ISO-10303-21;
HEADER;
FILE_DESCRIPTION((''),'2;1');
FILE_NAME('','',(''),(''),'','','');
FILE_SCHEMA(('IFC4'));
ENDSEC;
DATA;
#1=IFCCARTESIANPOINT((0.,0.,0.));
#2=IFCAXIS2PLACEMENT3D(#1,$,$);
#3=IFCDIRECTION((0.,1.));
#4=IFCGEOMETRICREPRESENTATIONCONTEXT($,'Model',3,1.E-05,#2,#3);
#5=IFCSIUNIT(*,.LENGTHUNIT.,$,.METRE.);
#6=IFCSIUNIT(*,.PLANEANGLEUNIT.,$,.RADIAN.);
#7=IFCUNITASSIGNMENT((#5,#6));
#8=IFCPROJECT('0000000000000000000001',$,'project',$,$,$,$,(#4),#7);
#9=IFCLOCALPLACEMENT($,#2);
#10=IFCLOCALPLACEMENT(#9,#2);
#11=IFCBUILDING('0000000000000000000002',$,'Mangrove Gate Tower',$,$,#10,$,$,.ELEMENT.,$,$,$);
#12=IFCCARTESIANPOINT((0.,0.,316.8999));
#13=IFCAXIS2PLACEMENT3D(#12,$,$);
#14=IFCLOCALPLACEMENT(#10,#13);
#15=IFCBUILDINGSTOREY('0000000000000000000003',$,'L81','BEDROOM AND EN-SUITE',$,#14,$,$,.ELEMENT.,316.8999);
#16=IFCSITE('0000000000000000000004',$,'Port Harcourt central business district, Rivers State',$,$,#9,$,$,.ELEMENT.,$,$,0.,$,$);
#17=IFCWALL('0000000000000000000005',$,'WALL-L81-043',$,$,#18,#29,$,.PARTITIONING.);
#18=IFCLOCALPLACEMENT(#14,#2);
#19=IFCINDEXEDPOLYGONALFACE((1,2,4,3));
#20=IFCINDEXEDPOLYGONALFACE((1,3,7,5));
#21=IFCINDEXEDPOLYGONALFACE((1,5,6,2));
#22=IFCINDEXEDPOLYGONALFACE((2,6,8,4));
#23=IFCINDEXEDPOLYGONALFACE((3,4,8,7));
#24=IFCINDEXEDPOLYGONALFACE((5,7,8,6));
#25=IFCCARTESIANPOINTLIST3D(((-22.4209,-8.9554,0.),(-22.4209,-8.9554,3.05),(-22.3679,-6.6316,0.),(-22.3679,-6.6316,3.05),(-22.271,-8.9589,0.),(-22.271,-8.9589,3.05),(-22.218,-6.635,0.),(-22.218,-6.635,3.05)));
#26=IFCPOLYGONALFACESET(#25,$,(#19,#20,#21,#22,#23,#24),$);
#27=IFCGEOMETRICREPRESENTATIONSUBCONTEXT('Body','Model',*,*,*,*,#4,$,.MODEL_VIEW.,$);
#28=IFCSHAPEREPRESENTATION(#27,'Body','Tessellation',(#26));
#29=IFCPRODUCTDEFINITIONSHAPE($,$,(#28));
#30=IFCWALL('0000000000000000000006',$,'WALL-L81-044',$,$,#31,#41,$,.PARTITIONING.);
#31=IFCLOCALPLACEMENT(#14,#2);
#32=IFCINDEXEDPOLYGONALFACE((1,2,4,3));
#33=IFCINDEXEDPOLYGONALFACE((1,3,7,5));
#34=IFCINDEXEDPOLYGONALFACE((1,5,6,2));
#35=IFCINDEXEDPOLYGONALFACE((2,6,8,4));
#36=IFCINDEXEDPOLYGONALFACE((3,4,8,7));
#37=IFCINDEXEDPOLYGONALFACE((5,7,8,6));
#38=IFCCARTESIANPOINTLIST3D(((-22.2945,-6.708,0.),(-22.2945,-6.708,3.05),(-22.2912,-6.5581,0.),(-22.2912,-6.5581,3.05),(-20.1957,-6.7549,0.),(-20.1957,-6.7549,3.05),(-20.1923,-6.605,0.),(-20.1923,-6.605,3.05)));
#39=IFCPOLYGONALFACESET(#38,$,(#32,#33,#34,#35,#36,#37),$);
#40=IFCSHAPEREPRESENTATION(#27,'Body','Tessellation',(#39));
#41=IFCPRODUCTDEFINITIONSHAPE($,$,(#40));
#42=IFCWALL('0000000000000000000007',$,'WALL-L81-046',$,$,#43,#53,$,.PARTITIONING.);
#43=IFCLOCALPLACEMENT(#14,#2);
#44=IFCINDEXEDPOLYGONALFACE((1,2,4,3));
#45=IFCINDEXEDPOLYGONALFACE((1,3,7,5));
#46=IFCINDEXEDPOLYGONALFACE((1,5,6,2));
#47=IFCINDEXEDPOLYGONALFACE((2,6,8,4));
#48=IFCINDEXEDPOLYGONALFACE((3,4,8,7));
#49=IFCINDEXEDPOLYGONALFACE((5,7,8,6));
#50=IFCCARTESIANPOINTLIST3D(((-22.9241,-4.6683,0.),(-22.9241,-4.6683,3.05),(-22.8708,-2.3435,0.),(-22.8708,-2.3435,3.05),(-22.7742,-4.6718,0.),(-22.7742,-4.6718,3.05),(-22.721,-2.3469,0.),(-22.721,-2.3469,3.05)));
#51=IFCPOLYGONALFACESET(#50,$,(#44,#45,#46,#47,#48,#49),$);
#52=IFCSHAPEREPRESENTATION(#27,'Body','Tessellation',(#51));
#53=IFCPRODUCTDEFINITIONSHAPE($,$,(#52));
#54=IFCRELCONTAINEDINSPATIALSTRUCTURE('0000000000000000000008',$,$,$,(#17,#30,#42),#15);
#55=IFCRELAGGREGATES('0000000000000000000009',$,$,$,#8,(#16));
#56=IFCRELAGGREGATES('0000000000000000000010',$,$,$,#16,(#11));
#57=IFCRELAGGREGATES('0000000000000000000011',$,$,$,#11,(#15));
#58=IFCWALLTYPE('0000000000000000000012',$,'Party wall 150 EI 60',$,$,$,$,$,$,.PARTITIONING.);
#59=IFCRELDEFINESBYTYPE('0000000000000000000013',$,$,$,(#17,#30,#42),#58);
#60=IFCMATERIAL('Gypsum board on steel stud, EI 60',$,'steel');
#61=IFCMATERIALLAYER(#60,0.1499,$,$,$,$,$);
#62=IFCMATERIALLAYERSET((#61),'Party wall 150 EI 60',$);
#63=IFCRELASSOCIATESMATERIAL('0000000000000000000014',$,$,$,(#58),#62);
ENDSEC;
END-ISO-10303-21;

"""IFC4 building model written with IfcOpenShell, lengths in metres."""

from ifc_helpers import new_model, si_unit, direction, frame, frame_2d, origin, place, context, subcontext, project, spatial, rectangle, extrude, material, layer, layer_set, type_object, element, save


model = new_model("IFC4")

# Units and contexts
model_context = context("Model", 3, precision=1e-05, world=origin(), true_north=direction((0.0, 1.0)))
body_context = subcontext(model_context, "Body", "Model", "MODEL_VIEW")
ifc_project = project(units=[si_unit("LENGTHUNIT", "METRE"), si_unit("PLANEANGLEUNIT", "RADIAN")], contexts=[model_context])

# Site, building, storey
site_placement = place(None, origin())
site = spatial("IfcSite", under=ifc_project, at=site_placement, Name="Port Harcourt central business district, Rivers State", CompositionType="ELEMENT", RefElevation=0.0)
building_placement = place(site_placement, origin())
building = spatial("IfcBuilding", under=site, at=building_placement, Name="Mangrove Gate Tower", CompositionType="ELEMENT")
storey_placement = place(building_placement, frame((0.0, 0.0, 316.8999)))
storey = spatial("IfcBuildingStorey", under=building, at=storey_placement, Name="L81", Description="BEDROOM AND EN-SUITE", CompositionType="ELEMENT", Elevation=316.8999)

# Walls
ifc_material_1 = material(Name="Gypsum board on steel stud, EI 60", Category="steel")
ifc_layer_1 = layer(ifc_material_1, 0.1499)
ifc_layer_set_1 = layer_set([ifc_layer_1], Name="Party wall 150 EI 60")
wall_type_1 = type_object("IfcWallType", Name="Party wall 150 EI 60", PredefinedType="PARTITIONING", material=ifc_layer_set_1)
wall_1_placement = place(storey_placement, frame((-22.3459, -8.957, 0.0), z_axis=(0.0, 0.0, 1.0), x_axis=(0.022791, 0.99974, 0.0)))
element("IfcWall", 1, at=wall_1_placement, inside=storey, type_object=wall_type_1, Name="WALL-L81-043", PredefinedType="PARTITIONING", context=body_context, shape_type="SweptSolid", body=[
    extrude(rectangle(XDim=2.3245, YDim=0.1499, at=frame_2d((1.1621, 0.0))), origin(), (0.0, 0.0, 1.0), 3.05),
])
wall_2_placement = place(storey_placement, frame((-22.293, -6.6331, 0.0), z_axis=(0.0, 0.0, 1.0), x_axis=(0.999751, -0.022328, 0.0)))
element("IfcWall", 2, at=wall_2_placement, inside=storey, type_object=wall_type_1, Name="WALL-L81-044", PredefinedType="PARTITIONING", context=body_context, shape_type="SweptSolid", body=[
    extrude(rectangle(XDim=2.0994, YDim=0.1499, at=frame_2d((1.0498, 0.0))), origin(), (0.0, 0.0, 1.0), 3.05),
])
wall_3_placement = place(storey_placement, frame((-22.8491, -4.6699, 0.0), z_axis=(0.0, 0.0, 1.0), x_axis=(0.022886, 0.999738, 0.0)))
element("IfcWall", 3, at=wall_3_placement, inside=storey, type_object=wall_type_1, Name="WALL-L81-046", PredefinedType="PARTITIONING", context=body_context, shape_type="SweptSolid", body=[
    extrude(rectangle(XDim=2.3254, YDim=0.1499, at=frame_2d((1.1626, 0.0))), origin(), (0.0, 0.0, 1.0), 3.05),
])

save(model, "model.ifc")
